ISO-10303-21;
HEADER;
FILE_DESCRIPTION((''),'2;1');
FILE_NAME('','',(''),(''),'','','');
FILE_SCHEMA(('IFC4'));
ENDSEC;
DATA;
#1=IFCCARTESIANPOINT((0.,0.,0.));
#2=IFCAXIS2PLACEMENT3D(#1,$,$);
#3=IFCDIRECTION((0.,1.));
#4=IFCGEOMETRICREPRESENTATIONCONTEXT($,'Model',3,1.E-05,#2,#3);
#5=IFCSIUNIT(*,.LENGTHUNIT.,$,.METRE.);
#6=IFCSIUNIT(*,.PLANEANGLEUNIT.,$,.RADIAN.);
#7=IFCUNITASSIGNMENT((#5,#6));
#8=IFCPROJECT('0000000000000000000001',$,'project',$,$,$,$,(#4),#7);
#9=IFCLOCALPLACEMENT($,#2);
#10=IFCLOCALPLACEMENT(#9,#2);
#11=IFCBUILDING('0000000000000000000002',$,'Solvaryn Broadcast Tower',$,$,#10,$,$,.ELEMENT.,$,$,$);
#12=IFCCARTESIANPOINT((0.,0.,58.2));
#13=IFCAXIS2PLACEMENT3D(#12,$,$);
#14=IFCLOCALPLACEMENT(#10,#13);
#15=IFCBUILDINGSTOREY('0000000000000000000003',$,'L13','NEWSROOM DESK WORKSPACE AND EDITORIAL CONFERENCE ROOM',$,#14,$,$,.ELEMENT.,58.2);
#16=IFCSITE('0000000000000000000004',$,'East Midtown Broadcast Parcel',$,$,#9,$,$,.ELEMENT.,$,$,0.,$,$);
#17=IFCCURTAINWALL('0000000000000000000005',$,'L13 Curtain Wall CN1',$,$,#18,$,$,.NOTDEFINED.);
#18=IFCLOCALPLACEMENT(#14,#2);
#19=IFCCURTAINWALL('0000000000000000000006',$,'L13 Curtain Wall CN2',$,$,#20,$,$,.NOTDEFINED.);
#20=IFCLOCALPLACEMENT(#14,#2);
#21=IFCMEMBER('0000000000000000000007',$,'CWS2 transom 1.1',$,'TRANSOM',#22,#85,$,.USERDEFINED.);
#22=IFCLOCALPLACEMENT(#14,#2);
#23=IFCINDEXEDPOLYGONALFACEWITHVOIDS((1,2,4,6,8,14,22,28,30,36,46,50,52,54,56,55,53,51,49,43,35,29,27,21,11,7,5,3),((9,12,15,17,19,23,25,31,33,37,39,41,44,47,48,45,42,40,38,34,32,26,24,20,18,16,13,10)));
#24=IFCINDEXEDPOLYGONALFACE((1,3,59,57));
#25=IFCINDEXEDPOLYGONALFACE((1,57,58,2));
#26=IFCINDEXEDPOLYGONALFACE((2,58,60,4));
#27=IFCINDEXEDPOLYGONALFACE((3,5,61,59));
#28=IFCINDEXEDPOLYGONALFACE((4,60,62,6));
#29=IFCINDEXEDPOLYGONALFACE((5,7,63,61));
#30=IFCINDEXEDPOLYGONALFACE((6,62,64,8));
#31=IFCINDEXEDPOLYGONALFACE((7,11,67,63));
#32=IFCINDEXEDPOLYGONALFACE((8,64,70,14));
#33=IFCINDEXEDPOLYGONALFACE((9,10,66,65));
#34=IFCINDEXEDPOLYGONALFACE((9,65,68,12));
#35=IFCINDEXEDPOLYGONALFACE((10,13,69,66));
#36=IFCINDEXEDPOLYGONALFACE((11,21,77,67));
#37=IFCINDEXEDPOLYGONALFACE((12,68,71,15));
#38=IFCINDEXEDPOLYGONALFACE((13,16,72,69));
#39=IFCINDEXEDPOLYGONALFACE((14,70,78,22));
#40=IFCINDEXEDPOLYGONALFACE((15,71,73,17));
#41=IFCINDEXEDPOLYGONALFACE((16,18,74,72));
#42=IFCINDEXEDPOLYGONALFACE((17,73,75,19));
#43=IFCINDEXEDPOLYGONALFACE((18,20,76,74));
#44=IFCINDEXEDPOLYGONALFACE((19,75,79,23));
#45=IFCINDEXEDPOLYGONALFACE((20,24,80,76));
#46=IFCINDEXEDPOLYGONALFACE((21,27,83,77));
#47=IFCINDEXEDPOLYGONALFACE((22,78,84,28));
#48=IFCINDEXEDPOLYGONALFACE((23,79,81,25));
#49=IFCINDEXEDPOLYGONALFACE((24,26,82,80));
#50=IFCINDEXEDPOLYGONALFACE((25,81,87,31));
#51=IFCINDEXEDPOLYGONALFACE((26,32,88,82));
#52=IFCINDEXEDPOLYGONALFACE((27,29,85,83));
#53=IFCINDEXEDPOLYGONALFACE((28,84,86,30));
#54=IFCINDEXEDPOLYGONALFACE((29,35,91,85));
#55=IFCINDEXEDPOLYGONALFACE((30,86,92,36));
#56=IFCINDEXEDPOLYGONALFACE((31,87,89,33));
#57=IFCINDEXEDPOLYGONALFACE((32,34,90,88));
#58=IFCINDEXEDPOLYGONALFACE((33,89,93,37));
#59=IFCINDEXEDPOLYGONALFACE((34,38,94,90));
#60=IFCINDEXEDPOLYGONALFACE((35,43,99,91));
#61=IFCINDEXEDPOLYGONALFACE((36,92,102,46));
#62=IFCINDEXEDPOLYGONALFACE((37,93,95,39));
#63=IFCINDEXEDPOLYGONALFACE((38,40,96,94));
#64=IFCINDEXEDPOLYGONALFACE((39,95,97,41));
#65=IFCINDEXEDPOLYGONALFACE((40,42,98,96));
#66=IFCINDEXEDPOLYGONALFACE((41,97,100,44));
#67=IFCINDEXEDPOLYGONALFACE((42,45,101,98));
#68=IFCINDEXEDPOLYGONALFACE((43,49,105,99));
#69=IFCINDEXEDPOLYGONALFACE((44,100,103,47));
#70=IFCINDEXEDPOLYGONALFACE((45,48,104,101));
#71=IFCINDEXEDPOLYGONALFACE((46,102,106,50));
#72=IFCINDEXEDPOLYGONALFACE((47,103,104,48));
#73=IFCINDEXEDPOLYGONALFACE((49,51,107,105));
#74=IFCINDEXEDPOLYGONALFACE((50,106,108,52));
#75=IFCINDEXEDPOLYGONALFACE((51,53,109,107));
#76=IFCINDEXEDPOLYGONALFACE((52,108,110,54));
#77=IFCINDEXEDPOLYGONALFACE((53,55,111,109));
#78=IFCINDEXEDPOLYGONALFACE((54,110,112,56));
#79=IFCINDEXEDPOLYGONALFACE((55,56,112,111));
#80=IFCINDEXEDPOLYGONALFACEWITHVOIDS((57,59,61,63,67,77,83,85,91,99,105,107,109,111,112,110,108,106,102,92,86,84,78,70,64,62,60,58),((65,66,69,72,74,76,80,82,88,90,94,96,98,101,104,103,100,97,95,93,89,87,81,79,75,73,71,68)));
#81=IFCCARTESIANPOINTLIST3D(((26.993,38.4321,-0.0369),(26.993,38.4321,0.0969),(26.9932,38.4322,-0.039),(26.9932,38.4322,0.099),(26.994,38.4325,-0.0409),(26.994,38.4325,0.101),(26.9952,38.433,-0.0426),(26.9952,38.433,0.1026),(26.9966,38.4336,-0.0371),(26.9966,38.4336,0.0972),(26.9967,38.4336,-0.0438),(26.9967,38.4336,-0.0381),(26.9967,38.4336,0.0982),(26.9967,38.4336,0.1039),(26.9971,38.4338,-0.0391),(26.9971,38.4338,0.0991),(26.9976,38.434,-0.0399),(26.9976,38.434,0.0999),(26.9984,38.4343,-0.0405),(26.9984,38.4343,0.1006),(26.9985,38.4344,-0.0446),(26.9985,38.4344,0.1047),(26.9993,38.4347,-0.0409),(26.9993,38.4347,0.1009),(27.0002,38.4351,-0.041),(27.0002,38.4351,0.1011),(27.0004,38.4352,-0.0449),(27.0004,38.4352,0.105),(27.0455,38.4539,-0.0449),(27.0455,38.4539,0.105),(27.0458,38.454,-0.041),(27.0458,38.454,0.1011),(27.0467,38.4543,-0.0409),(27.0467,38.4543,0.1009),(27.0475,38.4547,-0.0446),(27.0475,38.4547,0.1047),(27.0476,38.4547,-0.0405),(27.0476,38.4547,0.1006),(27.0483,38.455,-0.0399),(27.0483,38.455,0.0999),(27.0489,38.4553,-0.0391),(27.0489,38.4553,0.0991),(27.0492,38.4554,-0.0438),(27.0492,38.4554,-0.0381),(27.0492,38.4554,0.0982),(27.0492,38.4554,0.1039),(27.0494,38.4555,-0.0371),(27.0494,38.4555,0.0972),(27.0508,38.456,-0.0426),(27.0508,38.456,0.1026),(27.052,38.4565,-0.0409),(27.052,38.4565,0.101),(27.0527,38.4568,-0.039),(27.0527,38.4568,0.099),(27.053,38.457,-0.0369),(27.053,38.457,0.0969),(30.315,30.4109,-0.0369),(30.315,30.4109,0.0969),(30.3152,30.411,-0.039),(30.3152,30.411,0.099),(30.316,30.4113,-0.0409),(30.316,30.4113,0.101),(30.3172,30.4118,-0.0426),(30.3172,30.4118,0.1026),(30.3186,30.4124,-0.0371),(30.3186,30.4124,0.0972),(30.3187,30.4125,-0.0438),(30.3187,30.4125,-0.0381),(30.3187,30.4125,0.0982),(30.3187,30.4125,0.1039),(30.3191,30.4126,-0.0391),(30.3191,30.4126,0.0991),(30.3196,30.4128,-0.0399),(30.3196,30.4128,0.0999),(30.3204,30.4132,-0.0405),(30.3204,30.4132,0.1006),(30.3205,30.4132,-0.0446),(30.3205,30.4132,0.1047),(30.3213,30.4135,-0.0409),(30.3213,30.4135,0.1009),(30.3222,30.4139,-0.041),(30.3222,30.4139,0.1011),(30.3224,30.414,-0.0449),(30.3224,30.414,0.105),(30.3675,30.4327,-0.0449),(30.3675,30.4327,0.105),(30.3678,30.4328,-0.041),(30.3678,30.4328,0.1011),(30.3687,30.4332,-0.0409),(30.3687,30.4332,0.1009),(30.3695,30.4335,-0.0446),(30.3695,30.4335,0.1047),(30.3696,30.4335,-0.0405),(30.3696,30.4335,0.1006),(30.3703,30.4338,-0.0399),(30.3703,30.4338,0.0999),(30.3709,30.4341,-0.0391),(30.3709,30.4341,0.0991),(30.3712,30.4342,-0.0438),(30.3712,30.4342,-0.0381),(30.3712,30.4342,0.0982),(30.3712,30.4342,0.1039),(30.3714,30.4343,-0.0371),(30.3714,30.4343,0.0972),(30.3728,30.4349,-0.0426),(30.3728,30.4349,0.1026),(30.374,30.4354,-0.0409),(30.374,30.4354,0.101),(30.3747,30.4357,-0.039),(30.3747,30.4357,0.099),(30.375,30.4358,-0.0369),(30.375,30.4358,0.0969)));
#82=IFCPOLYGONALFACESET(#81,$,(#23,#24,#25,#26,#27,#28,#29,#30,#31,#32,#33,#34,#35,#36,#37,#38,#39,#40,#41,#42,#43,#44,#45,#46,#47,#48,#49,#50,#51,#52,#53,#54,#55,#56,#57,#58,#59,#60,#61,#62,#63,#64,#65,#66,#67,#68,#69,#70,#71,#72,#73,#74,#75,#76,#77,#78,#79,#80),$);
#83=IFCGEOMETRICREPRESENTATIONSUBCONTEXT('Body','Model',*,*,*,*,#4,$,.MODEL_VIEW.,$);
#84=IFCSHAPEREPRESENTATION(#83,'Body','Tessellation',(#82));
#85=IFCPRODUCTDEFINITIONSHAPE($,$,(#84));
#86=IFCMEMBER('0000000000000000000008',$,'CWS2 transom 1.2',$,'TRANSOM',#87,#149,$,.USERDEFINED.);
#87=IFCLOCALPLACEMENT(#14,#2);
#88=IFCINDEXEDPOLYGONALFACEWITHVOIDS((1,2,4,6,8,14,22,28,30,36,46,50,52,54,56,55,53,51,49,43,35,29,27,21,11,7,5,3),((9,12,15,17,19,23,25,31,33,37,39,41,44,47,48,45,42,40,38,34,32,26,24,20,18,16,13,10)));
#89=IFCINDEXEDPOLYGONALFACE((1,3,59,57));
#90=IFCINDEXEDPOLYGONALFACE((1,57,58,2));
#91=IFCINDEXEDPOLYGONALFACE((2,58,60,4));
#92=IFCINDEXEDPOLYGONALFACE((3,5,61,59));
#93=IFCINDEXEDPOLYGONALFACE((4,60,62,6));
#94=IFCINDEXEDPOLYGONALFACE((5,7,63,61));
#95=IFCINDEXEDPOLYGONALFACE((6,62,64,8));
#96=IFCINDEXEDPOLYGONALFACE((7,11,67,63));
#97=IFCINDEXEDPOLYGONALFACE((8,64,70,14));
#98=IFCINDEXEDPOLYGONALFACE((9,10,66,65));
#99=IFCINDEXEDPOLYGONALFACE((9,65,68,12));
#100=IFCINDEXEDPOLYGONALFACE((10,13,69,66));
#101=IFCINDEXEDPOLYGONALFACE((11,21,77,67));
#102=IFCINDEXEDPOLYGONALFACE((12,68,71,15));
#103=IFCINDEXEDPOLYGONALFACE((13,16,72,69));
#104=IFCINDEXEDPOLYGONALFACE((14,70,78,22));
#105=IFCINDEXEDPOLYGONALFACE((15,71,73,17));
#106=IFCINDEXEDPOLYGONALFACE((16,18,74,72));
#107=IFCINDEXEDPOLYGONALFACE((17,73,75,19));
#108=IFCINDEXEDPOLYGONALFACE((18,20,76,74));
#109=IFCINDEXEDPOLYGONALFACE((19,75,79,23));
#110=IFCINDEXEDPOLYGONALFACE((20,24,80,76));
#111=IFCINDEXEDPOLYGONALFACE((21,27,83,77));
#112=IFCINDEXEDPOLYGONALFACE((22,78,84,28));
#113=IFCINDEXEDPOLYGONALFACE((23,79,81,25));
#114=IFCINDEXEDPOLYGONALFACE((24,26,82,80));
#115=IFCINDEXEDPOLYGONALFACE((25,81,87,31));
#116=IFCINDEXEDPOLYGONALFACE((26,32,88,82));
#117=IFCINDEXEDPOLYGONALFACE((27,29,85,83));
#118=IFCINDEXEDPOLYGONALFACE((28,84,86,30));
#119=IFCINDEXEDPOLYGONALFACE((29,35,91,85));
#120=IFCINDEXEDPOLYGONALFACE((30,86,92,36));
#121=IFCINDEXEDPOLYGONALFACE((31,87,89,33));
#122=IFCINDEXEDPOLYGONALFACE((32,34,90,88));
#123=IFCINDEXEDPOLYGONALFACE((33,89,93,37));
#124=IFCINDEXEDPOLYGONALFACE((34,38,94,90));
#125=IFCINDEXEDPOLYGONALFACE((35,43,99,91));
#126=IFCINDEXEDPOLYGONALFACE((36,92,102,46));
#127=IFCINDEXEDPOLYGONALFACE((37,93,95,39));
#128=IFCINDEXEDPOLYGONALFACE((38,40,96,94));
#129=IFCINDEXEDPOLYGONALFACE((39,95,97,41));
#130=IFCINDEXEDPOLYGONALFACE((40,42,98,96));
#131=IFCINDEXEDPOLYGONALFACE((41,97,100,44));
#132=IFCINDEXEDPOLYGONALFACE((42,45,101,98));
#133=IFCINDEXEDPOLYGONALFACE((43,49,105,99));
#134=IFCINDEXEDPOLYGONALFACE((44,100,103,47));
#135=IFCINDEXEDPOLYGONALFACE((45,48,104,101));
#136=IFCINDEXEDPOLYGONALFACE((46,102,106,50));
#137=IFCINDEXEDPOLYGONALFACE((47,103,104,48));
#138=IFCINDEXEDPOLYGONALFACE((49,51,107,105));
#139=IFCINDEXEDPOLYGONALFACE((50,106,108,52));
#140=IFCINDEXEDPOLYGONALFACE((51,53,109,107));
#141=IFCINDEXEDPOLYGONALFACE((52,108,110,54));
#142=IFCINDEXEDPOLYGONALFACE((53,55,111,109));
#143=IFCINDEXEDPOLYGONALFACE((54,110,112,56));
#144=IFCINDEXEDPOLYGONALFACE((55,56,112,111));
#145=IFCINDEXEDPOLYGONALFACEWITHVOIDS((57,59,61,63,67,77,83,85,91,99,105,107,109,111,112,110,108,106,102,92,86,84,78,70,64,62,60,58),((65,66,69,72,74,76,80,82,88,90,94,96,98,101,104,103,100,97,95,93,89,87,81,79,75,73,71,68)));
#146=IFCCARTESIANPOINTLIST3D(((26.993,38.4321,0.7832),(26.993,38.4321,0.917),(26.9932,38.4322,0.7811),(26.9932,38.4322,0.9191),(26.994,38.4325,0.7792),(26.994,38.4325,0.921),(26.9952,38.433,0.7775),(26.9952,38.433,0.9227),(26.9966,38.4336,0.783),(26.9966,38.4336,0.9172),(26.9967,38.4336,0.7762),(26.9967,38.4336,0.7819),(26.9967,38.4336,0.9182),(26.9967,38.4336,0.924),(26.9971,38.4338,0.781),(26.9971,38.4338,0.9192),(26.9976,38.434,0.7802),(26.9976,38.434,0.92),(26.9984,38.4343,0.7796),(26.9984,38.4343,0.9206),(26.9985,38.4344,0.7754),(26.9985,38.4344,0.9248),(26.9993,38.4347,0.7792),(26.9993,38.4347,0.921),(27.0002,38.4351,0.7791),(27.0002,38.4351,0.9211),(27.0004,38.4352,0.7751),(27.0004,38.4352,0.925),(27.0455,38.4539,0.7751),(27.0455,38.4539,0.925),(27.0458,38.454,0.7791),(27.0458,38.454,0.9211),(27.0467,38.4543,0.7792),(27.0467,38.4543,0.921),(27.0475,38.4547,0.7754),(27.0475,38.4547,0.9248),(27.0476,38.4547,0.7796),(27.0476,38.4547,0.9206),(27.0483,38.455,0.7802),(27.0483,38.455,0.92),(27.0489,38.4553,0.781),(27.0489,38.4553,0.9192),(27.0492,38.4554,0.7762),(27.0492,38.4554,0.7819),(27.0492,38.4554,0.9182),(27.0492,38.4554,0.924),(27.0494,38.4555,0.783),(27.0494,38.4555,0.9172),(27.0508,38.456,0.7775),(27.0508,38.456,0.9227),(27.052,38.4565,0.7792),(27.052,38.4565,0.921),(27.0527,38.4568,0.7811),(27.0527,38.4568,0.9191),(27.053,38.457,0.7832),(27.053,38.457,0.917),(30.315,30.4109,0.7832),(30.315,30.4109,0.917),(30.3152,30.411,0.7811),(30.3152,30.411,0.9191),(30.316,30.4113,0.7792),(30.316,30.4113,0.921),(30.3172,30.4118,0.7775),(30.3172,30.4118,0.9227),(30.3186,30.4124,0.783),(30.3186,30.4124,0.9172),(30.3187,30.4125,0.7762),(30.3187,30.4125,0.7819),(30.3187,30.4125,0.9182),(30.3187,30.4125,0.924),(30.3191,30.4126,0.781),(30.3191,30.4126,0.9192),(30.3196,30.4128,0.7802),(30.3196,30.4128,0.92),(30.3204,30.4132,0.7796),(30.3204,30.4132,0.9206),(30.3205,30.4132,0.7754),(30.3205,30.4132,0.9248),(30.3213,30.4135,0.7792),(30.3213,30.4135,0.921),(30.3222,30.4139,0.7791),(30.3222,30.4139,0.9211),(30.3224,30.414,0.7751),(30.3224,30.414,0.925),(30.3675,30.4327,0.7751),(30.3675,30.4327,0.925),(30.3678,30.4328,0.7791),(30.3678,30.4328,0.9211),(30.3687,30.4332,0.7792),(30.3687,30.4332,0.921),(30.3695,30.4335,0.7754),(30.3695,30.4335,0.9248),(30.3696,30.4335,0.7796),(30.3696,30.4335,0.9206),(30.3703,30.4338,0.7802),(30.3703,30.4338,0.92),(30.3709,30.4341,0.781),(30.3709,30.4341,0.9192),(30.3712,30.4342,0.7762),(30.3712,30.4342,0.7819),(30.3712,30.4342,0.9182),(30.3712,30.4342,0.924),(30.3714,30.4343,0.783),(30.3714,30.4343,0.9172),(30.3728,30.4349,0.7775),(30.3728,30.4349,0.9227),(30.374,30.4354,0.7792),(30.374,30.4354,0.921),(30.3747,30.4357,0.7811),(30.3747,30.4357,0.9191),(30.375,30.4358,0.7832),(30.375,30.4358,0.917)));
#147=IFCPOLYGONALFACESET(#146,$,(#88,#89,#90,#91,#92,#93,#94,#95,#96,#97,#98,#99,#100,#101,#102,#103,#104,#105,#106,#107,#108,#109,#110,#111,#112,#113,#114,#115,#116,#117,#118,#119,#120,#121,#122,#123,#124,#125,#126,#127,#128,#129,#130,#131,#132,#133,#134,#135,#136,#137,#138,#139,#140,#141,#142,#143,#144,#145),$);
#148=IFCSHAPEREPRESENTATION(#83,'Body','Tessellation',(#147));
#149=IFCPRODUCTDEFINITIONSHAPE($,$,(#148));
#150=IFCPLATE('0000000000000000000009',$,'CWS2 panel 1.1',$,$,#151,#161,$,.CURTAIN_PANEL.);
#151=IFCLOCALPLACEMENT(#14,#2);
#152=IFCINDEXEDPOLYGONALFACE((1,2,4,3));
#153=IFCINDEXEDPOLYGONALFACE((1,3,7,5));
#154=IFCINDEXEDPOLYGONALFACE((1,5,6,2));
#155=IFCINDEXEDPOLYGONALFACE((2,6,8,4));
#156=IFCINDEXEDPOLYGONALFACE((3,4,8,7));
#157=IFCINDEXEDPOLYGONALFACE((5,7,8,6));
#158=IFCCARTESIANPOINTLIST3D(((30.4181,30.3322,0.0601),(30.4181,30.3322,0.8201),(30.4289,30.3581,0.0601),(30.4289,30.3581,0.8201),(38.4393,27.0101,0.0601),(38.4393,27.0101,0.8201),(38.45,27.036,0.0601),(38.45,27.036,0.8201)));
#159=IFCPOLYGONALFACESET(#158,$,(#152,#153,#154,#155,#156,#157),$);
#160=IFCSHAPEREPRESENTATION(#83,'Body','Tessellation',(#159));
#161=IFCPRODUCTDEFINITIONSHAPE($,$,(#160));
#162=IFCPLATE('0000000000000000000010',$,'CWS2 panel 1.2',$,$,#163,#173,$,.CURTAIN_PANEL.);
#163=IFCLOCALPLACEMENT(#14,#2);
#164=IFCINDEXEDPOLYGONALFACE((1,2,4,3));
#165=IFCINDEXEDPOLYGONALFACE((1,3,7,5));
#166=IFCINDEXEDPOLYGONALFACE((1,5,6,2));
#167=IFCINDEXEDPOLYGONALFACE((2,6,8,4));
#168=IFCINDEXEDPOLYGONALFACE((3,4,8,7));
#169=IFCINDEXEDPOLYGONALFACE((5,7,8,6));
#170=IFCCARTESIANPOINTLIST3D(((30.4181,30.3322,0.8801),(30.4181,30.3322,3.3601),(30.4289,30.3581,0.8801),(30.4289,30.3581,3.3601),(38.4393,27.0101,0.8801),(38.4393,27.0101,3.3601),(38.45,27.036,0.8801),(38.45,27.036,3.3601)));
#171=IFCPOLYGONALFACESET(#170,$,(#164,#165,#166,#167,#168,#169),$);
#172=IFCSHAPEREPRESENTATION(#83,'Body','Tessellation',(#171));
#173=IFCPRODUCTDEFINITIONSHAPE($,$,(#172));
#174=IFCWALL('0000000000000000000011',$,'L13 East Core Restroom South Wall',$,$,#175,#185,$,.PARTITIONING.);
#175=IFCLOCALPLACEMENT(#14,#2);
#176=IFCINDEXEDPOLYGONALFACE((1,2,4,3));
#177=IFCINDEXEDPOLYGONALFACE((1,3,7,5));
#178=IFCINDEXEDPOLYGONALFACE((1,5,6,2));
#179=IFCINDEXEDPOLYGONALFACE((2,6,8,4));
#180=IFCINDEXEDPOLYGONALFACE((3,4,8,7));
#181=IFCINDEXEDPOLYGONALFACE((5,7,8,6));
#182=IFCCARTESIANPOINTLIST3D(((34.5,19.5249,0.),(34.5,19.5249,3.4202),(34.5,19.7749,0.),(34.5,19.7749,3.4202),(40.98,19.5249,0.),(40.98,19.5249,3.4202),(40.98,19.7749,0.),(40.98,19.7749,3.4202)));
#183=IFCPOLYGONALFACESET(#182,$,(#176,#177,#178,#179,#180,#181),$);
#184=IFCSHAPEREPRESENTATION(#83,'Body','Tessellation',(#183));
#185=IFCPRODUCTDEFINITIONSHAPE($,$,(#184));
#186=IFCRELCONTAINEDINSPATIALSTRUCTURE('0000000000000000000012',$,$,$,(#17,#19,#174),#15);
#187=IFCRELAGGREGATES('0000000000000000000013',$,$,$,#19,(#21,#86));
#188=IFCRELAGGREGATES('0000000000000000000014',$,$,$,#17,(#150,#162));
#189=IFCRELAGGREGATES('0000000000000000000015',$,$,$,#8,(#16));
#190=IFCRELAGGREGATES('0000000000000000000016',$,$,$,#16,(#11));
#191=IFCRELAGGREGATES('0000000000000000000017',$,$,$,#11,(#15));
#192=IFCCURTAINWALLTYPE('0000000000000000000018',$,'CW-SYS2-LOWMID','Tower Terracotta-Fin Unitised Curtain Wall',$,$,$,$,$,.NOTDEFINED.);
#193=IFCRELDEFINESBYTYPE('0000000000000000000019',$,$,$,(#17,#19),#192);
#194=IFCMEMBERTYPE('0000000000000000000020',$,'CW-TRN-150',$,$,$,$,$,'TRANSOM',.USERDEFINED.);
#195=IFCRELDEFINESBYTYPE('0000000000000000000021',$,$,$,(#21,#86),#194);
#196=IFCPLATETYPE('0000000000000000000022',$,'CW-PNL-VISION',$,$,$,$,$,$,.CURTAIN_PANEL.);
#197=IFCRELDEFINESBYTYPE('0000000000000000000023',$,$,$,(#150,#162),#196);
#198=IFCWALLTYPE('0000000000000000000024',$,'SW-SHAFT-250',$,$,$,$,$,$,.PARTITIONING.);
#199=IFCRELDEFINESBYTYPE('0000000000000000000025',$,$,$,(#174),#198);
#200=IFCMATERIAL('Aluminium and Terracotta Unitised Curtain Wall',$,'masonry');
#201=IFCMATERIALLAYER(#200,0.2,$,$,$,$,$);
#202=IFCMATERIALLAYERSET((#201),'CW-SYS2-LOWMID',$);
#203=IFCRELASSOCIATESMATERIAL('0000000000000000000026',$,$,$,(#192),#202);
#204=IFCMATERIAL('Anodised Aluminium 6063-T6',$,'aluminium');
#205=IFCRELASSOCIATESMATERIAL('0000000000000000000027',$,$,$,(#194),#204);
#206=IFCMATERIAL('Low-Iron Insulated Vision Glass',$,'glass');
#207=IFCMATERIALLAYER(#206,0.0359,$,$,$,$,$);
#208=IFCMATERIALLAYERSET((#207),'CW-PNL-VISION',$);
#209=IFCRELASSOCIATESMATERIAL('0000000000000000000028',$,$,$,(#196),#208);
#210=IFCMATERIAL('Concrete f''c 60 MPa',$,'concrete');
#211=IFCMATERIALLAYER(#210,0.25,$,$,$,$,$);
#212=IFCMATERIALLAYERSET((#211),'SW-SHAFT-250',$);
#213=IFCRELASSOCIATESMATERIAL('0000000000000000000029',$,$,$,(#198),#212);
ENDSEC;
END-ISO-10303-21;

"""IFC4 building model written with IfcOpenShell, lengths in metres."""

from ifc_helpers import new_model, si_unit, direction, frame, frame_2d, origin, origin_2d, place, context, subcontext, project, spatial, rectangle, hollow_rectangle, extrude, material, layer, layer_set, material_profile, profile_set, type_object, element, aggregate, save


model = new_model("IFC4")

# Units and contexts
model_context = context("Model", 3, precision=1e-05, world=origin(), true_north=direction((0.0, 1.0)))
body_context = subcontext(model_context, "Body", "Model", "MODEL_VIEW")
ifc_project = project(units=[si_unit("LENGTHUNIT", "METRE"), si_unit("PLANEANGLEUNIT", "RADIAN")], contexts=[model_context])

# Site, building, storey
site_placement = place(None, origin())
site = spatial("IfcSite", under=ifc_project, at=site_placement, Name="East Midtown Broadcast Parcel", CompositionType="ELEMENT", RefElevation=0.0)
building_placement = place(site_placement, origin())
building = spatial("IfcBuilding", under=site, at=building_placement, Name="Solvaryn Broadcast Tower", CompositionType="ELEMENT")
storey_placement = place(building_placement, frame((0.0, 0.0, 58.2)))
storey = spatial("IfcBuildingStorey", under=building, at=storey_placement, Name="L13", Description="NEWSROOM DESK WORKSPACE AND EDITORIAL CONFERENCE ROOM", CompositionType="ELEMENT", Elevation=58.2)

# Curtain wall
ifc_material_1 = material(Name="Aluminium and Terracotta Unitised Curtain Wall", Category="masonry")
ifc_layer_1 = layer(ifc_material_1, 0.2)
ifc_layer_set_1 = layer_set([ifc_layer_1], Name="CW-SYS2-LOWMID")
curtain_wall_type = type_object("IfcCurtainWallType", Name="CW-SYS2-LOWMID", Description="Tower Terracotta-Fin Unitised Curtain Wall", PredefinedType="NOTDEFINED", material=ifc_layer_set_1)
curtain_wall_1_placement = place(storey_placement, origin())
curtain_wall_1 = element("IfcCurtainWall", 1, at=curtain_wall_1_placement, inside=storey, type_object=curtain_wall_type, Name="L13 Curtain Wall CN1", PredefinedType="NOTDEFINED")

# Curtain wall, members
curtain_wall_2_placement = place(storey_placement, origin())
curtain_wall_2 = element("IfcCurtainWall", 2, at=curtain_wall_2_placement, inside=storey, type_object=curtain_wall_type, Name="L13 Curtain Wall CN2", PredefinedType="NOTDEFINED")
ifc_material_2 = material(Name="Anodised Aluminium 6063-T6", Category="aluminium")
ifc_material_profile_1 = material_profile(ifc_material_2, hollow_rectangle(XDim=0.0649, YDim=0.1499, WallThickness=0.0039, InnerFilletRadius=0.0039, OuterFilletRadius=0.0081, at=origin_2d()))
ifc_profile_set_1 = profile_set([ifc_material_profile_1], Name="Anodised Aluminium 6063-T6")
member_type_1 = type_object("IfcMemberType", Name="CW-TRN-150", ElementType="TRANSOM", PredefinedType="USERDEFINED", material=ifc_profile_set_1)
member_1_placement = place(storey_placement, frame((30.345, 30.4233, 0.03), z_axis=(-0.382636, 0.923899, 0.0), x_axis=(-0.923899, -0.382636, 0.0)))
member_1 = element("IfcMember", 3, at=member_1_placement, type_object=member_type_1, Name="CWS2 transom 1.1", ObjectType="TRANSOM", PredefinedType="USERDEFINED", context=body_context, shape_type="SweptSolid", body=[
    extrude(hollow_rectangle(XDim=0.0649, YDim=0.1499, WallThickness=0.0039, InnerFilletRadius=0.0039, OuterFilletRadius=0.0081, at=origin_2d()), origin(), (0.0, 0.0, 1.0), 8.6819),
])
member_2_placement = place(storey_placement, frame((30.345, 30.4233, 0.8501), z_axis=(-0.382636, 0.923899, 0.0), x_axis=(-0.923899, -0.382636, 0.0)))
member_2 = element("IfcMember", 4, at=member_2_placement, type_object=member_type_1, Name="CWS2 transom 1.2", ObjectType="TRANSOM", PredefinedType="USERDEFINED", context=body_context, shape_type="SweptSolid", body=[
    extrude(hollow_rectangle(XDim=0.0649, YDim=0.1499, WallThickness=0.0039, InnerFilletRadius=0.0039, OuterFilletRadius=0.0081, at=origin_2d()), origin(), (0.0, 0.0, 1.0), 8.6819),
])
aggregate(curtain_wall_2, [member_1, member_2])

# Plates
ifc_material_3 = material(Name="Low-Iron Insulated Vision Glass", Category="glass")
ifc_layer_2 = layer(ifc_material_3, 0.0359)
ifc_layer_set_2 = layer_set([ifc_layer_2], Name="CW-PNL-VISION")
plate_type = type_object("IfcPlateType", Name="CW-PNL-VISION", PredefinedType="CURTAIN_PANEL", material=ifc_layer_set_2)
plate_1_placement = place(storey_placement, frame((34.4341, 28.6841, 0.0601), z_axis=(0.0, 0.0, 1.0), x_axis=(-0.923895, 0.382646, 0.0)))
plate_1 = element("IfcPlate", 5, at=plate_1_placement, type_object=plate_type, Name="CWS2 panel 1.1", PredefinedType="CURTAIN_PANEL", context=body_context, shape_type="SweptSolid", body=[
    extrude(rectangle(XDim=8.6819, YDim=0.0281, at=origin_2d()), origin(), (0.0, 0.0, 1.0), 0.76),
])
plate_2_placement = place(storey_placement, frame((34.4341, 28.6841, 0.8801), z_axis=(0.0, 0.0, 1.0), x_axis=(-0.923895, 0.382646, 0.0)))
plate_2 = element("IfcPlate", 6, at=plate_2_placement, type_object=plate_type, Name="CWS2 panel 1.2", PredefinedType="CURTAIN_PANEL", context=body_context, shape_type="SweptSolid", body=[
    extrude(rectangle(XDim=8.6819, YDim=0.0281, at=origin_2d()), origin(), (0.0, 0.0, 1.0), 2.48),
])
aggregate(curtain_wall_1, [plate_1, plate_2])

# Shared definitions
ifc_material_4 = material(Name="Concrete f'c 60 MPa", Category="concrete")
ifc_layer_3 = layer(ifc_material_4, 0.25)
ifc_layer_set_3 = layer_set([ifc_layer_3], Name="SW-SHAFT-250")
wall_type_1 = type_object("IfcWallType", Name="SW-SHAFT-250", PredefinedType="PARTITIONING", material=ifc_layer_set_3)

# Wall
wall_1_placement = place(storey_placement, frame((34.5, 19.6499, 0.0), z_axis=(0.0, 0.0, 1.0), x_axis=(1.0, 0.0, 0.0)))
element("IfcWall", 7, at=wall_1_placement, inside=storey, type_object=wall_type_1, Name="L13 East Core Restroom South Wall", PredefinedType="PARTITIONING", context=body_context, shape_type="SweptSolid", body=[
    extrude(rectangle(XDim=6.48, YDim=0.25, at=frame_2d((3.24, 0.0))), origin(), (0.0, 0.0, 1.0), 3.4202),
])

save(model, "model.ifc")
